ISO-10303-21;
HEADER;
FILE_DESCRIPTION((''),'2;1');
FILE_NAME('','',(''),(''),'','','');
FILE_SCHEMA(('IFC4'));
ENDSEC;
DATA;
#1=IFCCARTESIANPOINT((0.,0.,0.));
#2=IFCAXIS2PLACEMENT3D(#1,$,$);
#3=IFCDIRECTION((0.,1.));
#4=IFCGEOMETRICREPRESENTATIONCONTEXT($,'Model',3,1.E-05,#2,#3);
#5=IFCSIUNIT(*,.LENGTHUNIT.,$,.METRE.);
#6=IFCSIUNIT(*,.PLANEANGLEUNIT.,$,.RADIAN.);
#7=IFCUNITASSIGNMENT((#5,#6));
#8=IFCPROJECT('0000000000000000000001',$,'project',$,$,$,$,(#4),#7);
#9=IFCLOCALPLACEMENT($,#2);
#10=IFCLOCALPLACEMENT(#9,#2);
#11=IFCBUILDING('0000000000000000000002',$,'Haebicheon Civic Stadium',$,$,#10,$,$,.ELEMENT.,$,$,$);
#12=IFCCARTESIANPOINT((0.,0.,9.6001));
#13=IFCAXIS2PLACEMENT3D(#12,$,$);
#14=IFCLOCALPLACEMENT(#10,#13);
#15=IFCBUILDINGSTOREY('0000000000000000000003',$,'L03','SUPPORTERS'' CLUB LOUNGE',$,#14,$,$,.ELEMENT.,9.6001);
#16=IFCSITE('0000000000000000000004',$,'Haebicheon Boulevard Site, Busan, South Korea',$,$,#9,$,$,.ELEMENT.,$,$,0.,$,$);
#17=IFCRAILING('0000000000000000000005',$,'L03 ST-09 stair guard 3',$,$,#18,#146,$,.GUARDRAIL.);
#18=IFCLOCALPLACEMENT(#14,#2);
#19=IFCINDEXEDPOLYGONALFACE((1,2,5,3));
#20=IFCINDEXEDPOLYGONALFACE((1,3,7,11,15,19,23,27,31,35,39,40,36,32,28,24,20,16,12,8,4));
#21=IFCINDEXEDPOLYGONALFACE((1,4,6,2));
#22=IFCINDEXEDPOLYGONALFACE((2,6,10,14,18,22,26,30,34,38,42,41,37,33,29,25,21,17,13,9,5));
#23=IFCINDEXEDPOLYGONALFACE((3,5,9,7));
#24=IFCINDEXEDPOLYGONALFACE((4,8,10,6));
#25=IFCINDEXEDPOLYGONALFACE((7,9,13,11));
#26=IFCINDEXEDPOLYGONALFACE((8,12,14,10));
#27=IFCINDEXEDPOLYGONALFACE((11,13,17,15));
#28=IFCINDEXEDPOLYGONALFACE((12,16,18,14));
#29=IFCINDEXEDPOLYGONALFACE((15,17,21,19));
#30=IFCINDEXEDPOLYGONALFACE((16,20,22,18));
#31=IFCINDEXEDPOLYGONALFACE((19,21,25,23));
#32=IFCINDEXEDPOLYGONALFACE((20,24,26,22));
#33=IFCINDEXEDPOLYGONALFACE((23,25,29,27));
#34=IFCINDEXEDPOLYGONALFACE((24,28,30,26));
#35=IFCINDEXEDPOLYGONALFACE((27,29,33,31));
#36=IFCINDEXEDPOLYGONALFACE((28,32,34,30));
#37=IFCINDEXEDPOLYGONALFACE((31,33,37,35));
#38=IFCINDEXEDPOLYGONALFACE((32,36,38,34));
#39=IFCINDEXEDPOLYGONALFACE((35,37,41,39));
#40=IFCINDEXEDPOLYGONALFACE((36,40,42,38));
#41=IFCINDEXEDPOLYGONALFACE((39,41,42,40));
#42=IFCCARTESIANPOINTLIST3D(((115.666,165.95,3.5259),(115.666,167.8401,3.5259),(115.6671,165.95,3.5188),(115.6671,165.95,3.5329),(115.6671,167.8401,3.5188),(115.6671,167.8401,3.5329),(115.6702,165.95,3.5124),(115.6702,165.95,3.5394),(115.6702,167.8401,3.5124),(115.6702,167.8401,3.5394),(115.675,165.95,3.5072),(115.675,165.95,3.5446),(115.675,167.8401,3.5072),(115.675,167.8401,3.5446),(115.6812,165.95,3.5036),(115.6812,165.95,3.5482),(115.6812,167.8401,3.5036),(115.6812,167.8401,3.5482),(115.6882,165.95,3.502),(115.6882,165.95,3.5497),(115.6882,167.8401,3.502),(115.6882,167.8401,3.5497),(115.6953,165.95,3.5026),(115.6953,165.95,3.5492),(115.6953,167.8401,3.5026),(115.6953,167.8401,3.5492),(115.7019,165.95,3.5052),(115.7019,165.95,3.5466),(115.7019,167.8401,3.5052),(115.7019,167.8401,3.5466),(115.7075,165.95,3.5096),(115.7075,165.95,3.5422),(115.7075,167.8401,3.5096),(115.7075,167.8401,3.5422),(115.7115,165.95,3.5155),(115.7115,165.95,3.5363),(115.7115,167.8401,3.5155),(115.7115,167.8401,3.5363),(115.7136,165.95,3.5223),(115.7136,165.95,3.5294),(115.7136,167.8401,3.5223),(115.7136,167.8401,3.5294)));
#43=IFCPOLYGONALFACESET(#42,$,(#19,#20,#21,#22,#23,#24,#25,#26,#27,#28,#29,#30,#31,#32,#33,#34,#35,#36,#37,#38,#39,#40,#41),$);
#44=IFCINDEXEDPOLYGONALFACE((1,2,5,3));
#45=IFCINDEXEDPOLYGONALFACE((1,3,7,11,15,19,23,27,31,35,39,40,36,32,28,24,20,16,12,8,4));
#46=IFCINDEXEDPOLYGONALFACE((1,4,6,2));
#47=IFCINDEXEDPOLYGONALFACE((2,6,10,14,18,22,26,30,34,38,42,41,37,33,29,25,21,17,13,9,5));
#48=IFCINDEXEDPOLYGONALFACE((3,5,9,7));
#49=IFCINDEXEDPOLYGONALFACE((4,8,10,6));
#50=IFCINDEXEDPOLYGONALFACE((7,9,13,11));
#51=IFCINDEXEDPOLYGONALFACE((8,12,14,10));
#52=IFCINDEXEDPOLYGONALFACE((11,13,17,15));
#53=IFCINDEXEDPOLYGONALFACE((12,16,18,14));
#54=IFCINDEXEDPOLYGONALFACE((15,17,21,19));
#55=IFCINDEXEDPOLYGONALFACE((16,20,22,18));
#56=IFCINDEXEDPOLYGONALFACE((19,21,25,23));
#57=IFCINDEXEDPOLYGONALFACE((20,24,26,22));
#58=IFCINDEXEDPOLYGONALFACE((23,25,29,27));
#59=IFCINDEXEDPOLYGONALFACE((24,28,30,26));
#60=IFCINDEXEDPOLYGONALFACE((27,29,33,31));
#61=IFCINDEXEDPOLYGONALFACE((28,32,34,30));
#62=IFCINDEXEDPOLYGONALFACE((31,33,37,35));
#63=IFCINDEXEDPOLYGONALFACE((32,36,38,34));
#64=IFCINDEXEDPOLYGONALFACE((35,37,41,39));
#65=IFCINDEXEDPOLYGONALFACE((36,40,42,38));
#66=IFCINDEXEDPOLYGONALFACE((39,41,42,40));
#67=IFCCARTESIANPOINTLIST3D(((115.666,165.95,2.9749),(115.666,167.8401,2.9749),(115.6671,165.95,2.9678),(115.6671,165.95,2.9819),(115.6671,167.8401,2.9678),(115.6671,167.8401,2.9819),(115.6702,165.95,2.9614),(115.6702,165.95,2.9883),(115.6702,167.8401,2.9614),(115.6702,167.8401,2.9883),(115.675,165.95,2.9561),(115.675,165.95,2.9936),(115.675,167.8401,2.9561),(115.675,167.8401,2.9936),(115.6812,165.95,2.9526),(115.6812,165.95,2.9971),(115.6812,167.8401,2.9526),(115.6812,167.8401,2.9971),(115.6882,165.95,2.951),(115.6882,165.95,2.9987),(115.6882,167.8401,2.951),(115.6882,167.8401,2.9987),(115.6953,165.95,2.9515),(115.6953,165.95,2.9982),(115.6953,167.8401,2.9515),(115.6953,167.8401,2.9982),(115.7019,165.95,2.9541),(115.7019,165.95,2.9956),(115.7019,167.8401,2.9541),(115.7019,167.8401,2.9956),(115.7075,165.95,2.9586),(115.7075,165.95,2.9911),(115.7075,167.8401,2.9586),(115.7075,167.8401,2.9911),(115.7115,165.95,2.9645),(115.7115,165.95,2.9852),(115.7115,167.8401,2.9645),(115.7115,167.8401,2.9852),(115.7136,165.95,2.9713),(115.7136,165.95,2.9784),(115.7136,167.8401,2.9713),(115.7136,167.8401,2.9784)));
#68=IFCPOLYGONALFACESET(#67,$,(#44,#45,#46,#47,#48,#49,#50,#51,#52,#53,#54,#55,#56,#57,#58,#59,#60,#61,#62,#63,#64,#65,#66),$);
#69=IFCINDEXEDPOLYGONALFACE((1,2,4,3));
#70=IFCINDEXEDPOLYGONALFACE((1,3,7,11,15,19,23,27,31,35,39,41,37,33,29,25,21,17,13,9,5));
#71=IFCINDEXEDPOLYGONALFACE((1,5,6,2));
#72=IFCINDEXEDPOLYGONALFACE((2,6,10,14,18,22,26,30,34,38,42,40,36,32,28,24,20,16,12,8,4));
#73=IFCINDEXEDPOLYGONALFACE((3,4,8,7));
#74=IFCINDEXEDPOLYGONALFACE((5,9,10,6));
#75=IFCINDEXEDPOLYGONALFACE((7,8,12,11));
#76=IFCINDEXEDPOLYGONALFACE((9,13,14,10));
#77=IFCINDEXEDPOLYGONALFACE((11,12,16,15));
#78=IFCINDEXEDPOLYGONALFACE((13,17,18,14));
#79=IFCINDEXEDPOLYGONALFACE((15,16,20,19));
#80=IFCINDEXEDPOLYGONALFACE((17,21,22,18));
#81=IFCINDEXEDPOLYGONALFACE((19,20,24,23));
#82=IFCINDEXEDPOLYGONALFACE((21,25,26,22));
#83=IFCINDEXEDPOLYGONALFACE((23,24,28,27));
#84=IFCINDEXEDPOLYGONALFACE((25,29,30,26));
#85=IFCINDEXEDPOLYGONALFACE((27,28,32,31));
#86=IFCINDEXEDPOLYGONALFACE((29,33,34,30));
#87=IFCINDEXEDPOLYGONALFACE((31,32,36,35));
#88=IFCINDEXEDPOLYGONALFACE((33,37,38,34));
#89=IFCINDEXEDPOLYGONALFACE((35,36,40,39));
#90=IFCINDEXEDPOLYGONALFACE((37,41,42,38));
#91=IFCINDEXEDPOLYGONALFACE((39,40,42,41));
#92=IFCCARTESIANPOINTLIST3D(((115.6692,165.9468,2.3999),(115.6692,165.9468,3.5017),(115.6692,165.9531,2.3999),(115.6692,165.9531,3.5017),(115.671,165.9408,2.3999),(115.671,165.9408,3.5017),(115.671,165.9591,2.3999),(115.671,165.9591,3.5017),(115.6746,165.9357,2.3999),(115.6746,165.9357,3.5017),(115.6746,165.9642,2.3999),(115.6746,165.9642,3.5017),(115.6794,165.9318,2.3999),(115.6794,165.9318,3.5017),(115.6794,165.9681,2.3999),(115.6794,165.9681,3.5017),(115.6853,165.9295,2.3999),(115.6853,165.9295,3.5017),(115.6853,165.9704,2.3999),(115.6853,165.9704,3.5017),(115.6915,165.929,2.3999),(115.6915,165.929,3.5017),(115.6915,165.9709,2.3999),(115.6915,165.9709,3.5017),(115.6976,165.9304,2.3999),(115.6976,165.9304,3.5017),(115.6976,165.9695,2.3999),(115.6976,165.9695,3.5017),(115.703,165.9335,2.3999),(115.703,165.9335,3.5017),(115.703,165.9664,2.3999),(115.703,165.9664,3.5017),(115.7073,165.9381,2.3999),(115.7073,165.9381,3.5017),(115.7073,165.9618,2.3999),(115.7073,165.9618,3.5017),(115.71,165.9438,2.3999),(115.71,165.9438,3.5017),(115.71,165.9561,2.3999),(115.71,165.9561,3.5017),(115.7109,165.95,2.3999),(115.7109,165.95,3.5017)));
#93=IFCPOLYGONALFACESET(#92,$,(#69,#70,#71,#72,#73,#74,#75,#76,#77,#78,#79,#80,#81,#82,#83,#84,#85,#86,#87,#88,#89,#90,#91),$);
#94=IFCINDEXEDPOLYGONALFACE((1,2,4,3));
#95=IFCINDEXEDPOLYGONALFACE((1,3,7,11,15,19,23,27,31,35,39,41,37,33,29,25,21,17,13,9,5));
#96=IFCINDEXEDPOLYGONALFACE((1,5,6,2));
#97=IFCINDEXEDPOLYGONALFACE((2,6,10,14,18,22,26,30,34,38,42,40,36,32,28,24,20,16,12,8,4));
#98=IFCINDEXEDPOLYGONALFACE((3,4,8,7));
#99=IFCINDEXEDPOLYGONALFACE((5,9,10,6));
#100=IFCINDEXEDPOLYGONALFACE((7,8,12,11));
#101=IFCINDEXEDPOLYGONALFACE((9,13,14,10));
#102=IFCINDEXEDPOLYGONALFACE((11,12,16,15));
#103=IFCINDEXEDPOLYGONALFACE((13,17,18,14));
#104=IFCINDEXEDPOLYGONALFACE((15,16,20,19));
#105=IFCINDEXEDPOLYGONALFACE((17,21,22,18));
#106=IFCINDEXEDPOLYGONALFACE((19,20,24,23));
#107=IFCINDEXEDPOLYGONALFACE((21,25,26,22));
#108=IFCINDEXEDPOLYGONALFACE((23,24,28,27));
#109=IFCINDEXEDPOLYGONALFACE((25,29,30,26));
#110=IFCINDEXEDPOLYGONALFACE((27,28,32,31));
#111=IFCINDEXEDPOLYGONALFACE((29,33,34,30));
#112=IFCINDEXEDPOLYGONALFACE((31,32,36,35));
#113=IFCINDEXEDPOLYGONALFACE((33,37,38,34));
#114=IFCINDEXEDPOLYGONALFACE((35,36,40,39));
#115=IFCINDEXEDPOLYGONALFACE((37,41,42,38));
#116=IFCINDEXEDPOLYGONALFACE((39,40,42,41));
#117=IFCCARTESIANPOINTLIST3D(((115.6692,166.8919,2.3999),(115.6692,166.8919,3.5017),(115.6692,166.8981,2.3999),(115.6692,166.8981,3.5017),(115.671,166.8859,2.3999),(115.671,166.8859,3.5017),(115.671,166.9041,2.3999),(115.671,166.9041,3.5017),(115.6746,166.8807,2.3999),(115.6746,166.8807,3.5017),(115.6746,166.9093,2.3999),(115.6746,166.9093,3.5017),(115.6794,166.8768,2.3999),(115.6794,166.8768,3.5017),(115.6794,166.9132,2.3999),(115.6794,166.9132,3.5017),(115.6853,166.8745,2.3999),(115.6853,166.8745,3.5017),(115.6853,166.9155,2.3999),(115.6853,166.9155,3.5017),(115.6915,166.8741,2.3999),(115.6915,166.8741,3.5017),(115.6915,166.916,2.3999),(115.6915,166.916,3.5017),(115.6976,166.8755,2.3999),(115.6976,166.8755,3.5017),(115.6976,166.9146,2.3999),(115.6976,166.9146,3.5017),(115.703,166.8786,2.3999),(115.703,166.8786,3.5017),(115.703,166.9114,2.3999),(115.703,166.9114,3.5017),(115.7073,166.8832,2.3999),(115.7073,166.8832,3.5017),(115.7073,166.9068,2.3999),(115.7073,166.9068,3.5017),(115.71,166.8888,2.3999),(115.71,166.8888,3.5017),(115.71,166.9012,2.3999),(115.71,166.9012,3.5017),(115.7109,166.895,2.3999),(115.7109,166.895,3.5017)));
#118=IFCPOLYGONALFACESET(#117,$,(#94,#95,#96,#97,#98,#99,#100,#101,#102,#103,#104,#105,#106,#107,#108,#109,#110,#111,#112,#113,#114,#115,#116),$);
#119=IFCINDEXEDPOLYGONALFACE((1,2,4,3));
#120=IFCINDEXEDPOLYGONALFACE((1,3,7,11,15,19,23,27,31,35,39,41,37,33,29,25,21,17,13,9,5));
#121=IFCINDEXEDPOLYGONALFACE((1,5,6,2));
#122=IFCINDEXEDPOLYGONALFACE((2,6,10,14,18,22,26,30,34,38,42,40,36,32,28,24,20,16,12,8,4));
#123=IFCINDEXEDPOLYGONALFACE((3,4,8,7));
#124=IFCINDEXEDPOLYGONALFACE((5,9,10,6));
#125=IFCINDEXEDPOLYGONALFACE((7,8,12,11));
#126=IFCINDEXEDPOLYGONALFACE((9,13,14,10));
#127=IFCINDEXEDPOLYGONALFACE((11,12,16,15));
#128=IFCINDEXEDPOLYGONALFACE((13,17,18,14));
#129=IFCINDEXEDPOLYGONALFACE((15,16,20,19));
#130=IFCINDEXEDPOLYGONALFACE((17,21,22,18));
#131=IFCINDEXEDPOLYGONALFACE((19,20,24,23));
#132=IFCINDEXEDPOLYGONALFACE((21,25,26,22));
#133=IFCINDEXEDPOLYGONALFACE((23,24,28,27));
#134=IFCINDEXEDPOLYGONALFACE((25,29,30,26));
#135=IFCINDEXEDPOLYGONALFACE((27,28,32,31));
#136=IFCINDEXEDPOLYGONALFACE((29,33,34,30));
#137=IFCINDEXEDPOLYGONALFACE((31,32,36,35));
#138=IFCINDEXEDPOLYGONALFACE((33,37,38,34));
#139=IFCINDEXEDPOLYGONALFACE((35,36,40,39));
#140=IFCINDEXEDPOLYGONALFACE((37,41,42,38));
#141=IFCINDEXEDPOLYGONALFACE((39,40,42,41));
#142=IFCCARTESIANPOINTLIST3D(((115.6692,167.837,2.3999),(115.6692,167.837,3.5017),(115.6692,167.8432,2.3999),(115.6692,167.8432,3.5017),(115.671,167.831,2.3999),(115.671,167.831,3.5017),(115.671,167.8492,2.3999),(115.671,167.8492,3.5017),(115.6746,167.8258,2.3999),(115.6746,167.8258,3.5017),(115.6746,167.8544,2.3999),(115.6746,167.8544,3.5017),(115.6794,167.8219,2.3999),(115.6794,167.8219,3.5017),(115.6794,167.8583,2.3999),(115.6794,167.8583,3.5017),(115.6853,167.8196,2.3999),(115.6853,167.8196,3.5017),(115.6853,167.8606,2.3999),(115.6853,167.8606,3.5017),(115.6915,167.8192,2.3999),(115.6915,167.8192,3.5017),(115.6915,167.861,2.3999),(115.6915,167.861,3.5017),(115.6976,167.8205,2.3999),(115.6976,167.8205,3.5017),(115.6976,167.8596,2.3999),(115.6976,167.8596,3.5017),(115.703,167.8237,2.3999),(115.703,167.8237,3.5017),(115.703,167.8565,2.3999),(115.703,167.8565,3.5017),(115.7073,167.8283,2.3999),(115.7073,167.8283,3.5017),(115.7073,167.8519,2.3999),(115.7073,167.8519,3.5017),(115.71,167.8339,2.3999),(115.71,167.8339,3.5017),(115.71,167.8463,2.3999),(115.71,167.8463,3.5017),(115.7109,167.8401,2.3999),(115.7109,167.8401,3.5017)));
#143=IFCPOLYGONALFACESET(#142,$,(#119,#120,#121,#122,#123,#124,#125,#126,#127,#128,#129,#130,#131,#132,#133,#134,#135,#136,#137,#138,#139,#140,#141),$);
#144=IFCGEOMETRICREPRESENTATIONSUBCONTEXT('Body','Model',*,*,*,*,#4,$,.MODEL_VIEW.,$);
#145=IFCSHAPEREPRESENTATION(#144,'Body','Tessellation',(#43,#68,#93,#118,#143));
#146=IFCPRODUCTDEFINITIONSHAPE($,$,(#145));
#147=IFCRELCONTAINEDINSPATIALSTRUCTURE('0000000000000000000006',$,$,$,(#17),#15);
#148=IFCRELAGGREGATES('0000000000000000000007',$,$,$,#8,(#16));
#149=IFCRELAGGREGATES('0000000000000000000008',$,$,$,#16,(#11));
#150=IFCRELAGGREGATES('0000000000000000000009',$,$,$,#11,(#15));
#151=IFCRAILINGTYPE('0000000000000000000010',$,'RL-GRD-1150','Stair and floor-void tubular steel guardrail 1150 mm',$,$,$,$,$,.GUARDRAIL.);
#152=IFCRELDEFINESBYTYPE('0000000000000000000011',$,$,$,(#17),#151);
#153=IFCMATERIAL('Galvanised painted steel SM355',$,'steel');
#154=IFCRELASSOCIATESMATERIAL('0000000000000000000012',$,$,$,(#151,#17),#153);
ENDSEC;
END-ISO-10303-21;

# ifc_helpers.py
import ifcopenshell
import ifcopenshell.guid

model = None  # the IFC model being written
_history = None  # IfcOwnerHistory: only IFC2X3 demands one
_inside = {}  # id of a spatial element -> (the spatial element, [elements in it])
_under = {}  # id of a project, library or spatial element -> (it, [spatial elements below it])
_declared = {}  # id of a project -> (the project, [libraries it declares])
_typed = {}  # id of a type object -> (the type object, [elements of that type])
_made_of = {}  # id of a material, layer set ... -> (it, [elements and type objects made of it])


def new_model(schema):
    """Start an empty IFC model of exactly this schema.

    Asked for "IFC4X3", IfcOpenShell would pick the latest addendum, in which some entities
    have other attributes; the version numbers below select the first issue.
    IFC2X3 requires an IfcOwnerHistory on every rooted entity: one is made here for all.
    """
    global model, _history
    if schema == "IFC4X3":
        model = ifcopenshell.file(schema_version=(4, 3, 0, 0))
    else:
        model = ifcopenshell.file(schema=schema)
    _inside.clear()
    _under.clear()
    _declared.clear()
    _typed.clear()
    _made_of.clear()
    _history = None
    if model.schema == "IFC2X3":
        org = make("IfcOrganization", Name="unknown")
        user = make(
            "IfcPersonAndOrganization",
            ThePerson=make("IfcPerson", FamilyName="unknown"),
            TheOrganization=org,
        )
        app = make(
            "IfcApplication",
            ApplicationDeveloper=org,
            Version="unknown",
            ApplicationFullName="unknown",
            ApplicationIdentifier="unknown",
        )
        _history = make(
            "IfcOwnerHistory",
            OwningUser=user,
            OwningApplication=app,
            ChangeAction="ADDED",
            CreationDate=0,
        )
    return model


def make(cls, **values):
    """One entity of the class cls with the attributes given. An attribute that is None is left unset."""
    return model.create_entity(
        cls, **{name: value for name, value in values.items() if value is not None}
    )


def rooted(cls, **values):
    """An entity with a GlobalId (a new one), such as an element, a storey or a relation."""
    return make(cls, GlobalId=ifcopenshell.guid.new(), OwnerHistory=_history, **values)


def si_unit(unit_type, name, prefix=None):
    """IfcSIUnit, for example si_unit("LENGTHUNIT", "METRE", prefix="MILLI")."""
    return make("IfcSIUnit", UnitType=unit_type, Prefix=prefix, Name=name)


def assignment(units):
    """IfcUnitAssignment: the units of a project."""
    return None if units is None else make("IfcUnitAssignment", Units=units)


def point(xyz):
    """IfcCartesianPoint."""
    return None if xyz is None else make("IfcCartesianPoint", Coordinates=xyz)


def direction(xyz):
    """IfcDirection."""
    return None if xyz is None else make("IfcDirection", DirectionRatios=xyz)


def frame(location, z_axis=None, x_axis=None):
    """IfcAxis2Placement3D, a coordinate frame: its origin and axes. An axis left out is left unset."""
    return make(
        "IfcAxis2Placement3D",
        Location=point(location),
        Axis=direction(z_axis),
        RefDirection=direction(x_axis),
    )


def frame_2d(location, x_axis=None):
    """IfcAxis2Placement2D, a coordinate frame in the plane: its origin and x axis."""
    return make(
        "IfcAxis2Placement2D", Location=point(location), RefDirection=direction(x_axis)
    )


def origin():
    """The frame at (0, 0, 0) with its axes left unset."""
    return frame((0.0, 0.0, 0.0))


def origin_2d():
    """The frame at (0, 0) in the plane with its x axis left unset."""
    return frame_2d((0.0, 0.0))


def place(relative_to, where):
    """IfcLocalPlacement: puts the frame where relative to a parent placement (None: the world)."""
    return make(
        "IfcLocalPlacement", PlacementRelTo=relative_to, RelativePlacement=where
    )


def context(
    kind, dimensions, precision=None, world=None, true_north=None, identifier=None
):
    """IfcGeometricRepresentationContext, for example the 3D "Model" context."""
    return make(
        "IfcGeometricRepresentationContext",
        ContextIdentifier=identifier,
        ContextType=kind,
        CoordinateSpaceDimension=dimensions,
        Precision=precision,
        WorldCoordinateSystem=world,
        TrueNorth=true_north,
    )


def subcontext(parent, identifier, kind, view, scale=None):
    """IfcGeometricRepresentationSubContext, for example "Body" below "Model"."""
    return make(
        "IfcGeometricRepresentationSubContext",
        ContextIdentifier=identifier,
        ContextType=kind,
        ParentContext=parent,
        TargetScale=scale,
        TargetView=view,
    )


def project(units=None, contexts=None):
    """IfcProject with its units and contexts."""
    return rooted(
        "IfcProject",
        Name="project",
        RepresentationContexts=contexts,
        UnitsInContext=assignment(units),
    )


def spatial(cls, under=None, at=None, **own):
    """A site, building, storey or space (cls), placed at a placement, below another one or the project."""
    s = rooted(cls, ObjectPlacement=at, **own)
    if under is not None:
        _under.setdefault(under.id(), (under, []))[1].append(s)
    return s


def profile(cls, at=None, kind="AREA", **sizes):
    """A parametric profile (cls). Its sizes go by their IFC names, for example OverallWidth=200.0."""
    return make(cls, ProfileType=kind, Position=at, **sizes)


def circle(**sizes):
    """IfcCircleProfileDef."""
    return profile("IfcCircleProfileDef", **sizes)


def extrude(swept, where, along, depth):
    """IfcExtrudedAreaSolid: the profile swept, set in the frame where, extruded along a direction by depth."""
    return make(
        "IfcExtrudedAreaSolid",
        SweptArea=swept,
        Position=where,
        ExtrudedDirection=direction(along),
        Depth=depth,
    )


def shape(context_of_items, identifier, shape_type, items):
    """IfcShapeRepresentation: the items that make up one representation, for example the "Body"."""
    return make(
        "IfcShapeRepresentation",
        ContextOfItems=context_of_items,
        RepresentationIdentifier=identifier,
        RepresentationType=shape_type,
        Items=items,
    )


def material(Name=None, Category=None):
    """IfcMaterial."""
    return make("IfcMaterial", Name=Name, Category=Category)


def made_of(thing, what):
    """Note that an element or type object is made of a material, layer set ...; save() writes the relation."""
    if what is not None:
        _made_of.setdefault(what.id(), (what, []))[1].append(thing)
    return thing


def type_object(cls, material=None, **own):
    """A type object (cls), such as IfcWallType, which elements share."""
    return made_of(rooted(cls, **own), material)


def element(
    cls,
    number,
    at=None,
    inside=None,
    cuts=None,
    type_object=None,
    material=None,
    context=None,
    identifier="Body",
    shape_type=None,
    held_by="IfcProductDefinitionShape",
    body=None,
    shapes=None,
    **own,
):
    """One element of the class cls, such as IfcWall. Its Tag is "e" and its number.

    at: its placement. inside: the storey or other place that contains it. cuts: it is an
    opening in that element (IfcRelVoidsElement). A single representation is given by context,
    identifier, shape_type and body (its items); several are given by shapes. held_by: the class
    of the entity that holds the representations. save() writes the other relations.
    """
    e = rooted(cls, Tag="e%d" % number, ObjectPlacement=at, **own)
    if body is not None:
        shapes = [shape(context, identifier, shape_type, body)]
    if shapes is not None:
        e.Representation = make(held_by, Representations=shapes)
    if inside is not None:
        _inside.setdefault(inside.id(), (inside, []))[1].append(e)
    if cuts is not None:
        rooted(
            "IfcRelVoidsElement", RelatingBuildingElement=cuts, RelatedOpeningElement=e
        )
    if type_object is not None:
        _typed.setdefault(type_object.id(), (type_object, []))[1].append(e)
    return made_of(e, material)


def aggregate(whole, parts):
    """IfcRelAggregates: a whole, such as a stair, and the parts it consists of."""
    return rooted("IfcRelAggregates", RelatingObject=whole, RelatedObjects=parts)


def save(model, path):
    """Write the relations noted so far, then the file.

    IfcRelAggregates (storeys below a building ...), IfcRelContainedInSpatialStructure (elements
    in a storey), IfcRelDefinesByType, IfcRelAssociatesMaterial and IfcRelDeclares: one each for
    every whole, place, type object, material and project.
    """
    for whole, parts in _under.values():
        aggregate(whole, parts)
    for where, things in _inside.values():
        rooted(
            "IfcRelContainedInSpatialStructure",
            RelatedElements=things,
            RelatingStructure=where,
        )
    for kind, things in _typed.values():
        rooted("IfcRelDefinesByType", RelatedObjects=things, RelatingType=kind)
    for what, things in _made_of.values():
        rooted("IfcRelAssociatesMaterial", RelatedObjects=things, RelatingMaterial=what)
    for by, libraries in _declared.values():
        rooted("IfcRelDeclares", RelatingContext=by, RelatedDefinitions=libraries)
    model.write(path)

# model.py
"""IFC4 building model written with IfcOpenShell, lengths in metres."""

from ifc_helpers import new_model, si_unit, direction, frame, origin, origin_2d, place, context, subcontext, project, spatial, circle, extrude, material, type_object, element, save


model = new_model("IFC4")

# Units and contexts
model_context = context("Model", 3, precision=1e-05, world=origin(), true_north=direction((0.0, 1.0)))
body_context = subcontext(model_context, "Body", "Model", "MODEL_VIEW")
ifc_project = project(units=[si_unit("LENGTHUNIT", "METRE"), si_unit("PLANEANGLEUNIT", "RADIAN")], contexts=[model_context])

# Site, building, storey
site_placement = place(None, origin())
site = spatial("IfcSite", under=ifc_project, at=site_placement, Name="Haebicheon Boulevard Site, Busan, South Korea", CompositionType="ELEMENT", RefElevation=0.0)
building_placement = place(site_placement, origin())
building = spatial("IfcBuilding", under=site, at=building_placement, Name="Haebicheon Civic Stadium", CompositionType="ELEMENT")
storey_placement = place(building_placement, frame((0.0, 0.0, 9.6001)))
storey = spatial("IfcBuildingStorey", under=building, at=storey_placement, Name="L03", Description="SUPPORTERS' CLUB LOUNGE", CompositionType="ELEMENT", Elevation=9.6001)

# Railing
ifc_material_1 = material(Name="Galvanised painted steel SM355", Category="steel")
railing_type_1 = type_object("IfcRailingType", Name="RL-GRD-1150", Description="Stair and floor-void tubular steel guardrail 1150 mm", PredefinedType="GUARDRAIL", material=ifc_material_1)
for number, where, name in (
    (1, (115.6899, 165.95, 2.3999), "L03 ST-09 stair guard 3"),
):
    element("IfcRailing", number, at=place(storey_placement, frame(where)), inside=storey, type_object=railing_type_1, material=ifc_material_1, Name=name, PredefinedType="GUARDRAIL", context=body_context, shape_type="SweptSolid", body=[
        extrude(circle(Radius=0.0239, at=origin_2d()), frame((0.0, 0.0, 1.126), z_axis=(0.0, 1.0, 0.0), x_axis=(-1.0, 0.0, 0.0)), (0.0, 0.0, 1.0), 1.8901),
        extrude(circle(Radius=0.0239, at=origin_2d()), frame((0.0, 0.0, 0.575), z_axis=(0.0, 1.0, 0.0), x_axis=(-1.0, 0.0, 0.0)), (0.0, 0.0, 1.0), 1.8901),
        extrude(circle(Radius=0.021, at=origin_2d()), origin(), (0.0, 0.0, 1.0), 1.1018),
        extrude(circle(Radius=0.021, at=origin_2d()), frame((0.0, 0.9451, 0.0)), (0.0, 0.0, 1.0), 1.1018),
        extrude(circle(Radius=0.021, at=origin_2d()), frame((0.0, 1.8901, 0.0)), (0.0, 0.0, 1.0), 1.1018),
    ])

save(model, "model.ifc")
